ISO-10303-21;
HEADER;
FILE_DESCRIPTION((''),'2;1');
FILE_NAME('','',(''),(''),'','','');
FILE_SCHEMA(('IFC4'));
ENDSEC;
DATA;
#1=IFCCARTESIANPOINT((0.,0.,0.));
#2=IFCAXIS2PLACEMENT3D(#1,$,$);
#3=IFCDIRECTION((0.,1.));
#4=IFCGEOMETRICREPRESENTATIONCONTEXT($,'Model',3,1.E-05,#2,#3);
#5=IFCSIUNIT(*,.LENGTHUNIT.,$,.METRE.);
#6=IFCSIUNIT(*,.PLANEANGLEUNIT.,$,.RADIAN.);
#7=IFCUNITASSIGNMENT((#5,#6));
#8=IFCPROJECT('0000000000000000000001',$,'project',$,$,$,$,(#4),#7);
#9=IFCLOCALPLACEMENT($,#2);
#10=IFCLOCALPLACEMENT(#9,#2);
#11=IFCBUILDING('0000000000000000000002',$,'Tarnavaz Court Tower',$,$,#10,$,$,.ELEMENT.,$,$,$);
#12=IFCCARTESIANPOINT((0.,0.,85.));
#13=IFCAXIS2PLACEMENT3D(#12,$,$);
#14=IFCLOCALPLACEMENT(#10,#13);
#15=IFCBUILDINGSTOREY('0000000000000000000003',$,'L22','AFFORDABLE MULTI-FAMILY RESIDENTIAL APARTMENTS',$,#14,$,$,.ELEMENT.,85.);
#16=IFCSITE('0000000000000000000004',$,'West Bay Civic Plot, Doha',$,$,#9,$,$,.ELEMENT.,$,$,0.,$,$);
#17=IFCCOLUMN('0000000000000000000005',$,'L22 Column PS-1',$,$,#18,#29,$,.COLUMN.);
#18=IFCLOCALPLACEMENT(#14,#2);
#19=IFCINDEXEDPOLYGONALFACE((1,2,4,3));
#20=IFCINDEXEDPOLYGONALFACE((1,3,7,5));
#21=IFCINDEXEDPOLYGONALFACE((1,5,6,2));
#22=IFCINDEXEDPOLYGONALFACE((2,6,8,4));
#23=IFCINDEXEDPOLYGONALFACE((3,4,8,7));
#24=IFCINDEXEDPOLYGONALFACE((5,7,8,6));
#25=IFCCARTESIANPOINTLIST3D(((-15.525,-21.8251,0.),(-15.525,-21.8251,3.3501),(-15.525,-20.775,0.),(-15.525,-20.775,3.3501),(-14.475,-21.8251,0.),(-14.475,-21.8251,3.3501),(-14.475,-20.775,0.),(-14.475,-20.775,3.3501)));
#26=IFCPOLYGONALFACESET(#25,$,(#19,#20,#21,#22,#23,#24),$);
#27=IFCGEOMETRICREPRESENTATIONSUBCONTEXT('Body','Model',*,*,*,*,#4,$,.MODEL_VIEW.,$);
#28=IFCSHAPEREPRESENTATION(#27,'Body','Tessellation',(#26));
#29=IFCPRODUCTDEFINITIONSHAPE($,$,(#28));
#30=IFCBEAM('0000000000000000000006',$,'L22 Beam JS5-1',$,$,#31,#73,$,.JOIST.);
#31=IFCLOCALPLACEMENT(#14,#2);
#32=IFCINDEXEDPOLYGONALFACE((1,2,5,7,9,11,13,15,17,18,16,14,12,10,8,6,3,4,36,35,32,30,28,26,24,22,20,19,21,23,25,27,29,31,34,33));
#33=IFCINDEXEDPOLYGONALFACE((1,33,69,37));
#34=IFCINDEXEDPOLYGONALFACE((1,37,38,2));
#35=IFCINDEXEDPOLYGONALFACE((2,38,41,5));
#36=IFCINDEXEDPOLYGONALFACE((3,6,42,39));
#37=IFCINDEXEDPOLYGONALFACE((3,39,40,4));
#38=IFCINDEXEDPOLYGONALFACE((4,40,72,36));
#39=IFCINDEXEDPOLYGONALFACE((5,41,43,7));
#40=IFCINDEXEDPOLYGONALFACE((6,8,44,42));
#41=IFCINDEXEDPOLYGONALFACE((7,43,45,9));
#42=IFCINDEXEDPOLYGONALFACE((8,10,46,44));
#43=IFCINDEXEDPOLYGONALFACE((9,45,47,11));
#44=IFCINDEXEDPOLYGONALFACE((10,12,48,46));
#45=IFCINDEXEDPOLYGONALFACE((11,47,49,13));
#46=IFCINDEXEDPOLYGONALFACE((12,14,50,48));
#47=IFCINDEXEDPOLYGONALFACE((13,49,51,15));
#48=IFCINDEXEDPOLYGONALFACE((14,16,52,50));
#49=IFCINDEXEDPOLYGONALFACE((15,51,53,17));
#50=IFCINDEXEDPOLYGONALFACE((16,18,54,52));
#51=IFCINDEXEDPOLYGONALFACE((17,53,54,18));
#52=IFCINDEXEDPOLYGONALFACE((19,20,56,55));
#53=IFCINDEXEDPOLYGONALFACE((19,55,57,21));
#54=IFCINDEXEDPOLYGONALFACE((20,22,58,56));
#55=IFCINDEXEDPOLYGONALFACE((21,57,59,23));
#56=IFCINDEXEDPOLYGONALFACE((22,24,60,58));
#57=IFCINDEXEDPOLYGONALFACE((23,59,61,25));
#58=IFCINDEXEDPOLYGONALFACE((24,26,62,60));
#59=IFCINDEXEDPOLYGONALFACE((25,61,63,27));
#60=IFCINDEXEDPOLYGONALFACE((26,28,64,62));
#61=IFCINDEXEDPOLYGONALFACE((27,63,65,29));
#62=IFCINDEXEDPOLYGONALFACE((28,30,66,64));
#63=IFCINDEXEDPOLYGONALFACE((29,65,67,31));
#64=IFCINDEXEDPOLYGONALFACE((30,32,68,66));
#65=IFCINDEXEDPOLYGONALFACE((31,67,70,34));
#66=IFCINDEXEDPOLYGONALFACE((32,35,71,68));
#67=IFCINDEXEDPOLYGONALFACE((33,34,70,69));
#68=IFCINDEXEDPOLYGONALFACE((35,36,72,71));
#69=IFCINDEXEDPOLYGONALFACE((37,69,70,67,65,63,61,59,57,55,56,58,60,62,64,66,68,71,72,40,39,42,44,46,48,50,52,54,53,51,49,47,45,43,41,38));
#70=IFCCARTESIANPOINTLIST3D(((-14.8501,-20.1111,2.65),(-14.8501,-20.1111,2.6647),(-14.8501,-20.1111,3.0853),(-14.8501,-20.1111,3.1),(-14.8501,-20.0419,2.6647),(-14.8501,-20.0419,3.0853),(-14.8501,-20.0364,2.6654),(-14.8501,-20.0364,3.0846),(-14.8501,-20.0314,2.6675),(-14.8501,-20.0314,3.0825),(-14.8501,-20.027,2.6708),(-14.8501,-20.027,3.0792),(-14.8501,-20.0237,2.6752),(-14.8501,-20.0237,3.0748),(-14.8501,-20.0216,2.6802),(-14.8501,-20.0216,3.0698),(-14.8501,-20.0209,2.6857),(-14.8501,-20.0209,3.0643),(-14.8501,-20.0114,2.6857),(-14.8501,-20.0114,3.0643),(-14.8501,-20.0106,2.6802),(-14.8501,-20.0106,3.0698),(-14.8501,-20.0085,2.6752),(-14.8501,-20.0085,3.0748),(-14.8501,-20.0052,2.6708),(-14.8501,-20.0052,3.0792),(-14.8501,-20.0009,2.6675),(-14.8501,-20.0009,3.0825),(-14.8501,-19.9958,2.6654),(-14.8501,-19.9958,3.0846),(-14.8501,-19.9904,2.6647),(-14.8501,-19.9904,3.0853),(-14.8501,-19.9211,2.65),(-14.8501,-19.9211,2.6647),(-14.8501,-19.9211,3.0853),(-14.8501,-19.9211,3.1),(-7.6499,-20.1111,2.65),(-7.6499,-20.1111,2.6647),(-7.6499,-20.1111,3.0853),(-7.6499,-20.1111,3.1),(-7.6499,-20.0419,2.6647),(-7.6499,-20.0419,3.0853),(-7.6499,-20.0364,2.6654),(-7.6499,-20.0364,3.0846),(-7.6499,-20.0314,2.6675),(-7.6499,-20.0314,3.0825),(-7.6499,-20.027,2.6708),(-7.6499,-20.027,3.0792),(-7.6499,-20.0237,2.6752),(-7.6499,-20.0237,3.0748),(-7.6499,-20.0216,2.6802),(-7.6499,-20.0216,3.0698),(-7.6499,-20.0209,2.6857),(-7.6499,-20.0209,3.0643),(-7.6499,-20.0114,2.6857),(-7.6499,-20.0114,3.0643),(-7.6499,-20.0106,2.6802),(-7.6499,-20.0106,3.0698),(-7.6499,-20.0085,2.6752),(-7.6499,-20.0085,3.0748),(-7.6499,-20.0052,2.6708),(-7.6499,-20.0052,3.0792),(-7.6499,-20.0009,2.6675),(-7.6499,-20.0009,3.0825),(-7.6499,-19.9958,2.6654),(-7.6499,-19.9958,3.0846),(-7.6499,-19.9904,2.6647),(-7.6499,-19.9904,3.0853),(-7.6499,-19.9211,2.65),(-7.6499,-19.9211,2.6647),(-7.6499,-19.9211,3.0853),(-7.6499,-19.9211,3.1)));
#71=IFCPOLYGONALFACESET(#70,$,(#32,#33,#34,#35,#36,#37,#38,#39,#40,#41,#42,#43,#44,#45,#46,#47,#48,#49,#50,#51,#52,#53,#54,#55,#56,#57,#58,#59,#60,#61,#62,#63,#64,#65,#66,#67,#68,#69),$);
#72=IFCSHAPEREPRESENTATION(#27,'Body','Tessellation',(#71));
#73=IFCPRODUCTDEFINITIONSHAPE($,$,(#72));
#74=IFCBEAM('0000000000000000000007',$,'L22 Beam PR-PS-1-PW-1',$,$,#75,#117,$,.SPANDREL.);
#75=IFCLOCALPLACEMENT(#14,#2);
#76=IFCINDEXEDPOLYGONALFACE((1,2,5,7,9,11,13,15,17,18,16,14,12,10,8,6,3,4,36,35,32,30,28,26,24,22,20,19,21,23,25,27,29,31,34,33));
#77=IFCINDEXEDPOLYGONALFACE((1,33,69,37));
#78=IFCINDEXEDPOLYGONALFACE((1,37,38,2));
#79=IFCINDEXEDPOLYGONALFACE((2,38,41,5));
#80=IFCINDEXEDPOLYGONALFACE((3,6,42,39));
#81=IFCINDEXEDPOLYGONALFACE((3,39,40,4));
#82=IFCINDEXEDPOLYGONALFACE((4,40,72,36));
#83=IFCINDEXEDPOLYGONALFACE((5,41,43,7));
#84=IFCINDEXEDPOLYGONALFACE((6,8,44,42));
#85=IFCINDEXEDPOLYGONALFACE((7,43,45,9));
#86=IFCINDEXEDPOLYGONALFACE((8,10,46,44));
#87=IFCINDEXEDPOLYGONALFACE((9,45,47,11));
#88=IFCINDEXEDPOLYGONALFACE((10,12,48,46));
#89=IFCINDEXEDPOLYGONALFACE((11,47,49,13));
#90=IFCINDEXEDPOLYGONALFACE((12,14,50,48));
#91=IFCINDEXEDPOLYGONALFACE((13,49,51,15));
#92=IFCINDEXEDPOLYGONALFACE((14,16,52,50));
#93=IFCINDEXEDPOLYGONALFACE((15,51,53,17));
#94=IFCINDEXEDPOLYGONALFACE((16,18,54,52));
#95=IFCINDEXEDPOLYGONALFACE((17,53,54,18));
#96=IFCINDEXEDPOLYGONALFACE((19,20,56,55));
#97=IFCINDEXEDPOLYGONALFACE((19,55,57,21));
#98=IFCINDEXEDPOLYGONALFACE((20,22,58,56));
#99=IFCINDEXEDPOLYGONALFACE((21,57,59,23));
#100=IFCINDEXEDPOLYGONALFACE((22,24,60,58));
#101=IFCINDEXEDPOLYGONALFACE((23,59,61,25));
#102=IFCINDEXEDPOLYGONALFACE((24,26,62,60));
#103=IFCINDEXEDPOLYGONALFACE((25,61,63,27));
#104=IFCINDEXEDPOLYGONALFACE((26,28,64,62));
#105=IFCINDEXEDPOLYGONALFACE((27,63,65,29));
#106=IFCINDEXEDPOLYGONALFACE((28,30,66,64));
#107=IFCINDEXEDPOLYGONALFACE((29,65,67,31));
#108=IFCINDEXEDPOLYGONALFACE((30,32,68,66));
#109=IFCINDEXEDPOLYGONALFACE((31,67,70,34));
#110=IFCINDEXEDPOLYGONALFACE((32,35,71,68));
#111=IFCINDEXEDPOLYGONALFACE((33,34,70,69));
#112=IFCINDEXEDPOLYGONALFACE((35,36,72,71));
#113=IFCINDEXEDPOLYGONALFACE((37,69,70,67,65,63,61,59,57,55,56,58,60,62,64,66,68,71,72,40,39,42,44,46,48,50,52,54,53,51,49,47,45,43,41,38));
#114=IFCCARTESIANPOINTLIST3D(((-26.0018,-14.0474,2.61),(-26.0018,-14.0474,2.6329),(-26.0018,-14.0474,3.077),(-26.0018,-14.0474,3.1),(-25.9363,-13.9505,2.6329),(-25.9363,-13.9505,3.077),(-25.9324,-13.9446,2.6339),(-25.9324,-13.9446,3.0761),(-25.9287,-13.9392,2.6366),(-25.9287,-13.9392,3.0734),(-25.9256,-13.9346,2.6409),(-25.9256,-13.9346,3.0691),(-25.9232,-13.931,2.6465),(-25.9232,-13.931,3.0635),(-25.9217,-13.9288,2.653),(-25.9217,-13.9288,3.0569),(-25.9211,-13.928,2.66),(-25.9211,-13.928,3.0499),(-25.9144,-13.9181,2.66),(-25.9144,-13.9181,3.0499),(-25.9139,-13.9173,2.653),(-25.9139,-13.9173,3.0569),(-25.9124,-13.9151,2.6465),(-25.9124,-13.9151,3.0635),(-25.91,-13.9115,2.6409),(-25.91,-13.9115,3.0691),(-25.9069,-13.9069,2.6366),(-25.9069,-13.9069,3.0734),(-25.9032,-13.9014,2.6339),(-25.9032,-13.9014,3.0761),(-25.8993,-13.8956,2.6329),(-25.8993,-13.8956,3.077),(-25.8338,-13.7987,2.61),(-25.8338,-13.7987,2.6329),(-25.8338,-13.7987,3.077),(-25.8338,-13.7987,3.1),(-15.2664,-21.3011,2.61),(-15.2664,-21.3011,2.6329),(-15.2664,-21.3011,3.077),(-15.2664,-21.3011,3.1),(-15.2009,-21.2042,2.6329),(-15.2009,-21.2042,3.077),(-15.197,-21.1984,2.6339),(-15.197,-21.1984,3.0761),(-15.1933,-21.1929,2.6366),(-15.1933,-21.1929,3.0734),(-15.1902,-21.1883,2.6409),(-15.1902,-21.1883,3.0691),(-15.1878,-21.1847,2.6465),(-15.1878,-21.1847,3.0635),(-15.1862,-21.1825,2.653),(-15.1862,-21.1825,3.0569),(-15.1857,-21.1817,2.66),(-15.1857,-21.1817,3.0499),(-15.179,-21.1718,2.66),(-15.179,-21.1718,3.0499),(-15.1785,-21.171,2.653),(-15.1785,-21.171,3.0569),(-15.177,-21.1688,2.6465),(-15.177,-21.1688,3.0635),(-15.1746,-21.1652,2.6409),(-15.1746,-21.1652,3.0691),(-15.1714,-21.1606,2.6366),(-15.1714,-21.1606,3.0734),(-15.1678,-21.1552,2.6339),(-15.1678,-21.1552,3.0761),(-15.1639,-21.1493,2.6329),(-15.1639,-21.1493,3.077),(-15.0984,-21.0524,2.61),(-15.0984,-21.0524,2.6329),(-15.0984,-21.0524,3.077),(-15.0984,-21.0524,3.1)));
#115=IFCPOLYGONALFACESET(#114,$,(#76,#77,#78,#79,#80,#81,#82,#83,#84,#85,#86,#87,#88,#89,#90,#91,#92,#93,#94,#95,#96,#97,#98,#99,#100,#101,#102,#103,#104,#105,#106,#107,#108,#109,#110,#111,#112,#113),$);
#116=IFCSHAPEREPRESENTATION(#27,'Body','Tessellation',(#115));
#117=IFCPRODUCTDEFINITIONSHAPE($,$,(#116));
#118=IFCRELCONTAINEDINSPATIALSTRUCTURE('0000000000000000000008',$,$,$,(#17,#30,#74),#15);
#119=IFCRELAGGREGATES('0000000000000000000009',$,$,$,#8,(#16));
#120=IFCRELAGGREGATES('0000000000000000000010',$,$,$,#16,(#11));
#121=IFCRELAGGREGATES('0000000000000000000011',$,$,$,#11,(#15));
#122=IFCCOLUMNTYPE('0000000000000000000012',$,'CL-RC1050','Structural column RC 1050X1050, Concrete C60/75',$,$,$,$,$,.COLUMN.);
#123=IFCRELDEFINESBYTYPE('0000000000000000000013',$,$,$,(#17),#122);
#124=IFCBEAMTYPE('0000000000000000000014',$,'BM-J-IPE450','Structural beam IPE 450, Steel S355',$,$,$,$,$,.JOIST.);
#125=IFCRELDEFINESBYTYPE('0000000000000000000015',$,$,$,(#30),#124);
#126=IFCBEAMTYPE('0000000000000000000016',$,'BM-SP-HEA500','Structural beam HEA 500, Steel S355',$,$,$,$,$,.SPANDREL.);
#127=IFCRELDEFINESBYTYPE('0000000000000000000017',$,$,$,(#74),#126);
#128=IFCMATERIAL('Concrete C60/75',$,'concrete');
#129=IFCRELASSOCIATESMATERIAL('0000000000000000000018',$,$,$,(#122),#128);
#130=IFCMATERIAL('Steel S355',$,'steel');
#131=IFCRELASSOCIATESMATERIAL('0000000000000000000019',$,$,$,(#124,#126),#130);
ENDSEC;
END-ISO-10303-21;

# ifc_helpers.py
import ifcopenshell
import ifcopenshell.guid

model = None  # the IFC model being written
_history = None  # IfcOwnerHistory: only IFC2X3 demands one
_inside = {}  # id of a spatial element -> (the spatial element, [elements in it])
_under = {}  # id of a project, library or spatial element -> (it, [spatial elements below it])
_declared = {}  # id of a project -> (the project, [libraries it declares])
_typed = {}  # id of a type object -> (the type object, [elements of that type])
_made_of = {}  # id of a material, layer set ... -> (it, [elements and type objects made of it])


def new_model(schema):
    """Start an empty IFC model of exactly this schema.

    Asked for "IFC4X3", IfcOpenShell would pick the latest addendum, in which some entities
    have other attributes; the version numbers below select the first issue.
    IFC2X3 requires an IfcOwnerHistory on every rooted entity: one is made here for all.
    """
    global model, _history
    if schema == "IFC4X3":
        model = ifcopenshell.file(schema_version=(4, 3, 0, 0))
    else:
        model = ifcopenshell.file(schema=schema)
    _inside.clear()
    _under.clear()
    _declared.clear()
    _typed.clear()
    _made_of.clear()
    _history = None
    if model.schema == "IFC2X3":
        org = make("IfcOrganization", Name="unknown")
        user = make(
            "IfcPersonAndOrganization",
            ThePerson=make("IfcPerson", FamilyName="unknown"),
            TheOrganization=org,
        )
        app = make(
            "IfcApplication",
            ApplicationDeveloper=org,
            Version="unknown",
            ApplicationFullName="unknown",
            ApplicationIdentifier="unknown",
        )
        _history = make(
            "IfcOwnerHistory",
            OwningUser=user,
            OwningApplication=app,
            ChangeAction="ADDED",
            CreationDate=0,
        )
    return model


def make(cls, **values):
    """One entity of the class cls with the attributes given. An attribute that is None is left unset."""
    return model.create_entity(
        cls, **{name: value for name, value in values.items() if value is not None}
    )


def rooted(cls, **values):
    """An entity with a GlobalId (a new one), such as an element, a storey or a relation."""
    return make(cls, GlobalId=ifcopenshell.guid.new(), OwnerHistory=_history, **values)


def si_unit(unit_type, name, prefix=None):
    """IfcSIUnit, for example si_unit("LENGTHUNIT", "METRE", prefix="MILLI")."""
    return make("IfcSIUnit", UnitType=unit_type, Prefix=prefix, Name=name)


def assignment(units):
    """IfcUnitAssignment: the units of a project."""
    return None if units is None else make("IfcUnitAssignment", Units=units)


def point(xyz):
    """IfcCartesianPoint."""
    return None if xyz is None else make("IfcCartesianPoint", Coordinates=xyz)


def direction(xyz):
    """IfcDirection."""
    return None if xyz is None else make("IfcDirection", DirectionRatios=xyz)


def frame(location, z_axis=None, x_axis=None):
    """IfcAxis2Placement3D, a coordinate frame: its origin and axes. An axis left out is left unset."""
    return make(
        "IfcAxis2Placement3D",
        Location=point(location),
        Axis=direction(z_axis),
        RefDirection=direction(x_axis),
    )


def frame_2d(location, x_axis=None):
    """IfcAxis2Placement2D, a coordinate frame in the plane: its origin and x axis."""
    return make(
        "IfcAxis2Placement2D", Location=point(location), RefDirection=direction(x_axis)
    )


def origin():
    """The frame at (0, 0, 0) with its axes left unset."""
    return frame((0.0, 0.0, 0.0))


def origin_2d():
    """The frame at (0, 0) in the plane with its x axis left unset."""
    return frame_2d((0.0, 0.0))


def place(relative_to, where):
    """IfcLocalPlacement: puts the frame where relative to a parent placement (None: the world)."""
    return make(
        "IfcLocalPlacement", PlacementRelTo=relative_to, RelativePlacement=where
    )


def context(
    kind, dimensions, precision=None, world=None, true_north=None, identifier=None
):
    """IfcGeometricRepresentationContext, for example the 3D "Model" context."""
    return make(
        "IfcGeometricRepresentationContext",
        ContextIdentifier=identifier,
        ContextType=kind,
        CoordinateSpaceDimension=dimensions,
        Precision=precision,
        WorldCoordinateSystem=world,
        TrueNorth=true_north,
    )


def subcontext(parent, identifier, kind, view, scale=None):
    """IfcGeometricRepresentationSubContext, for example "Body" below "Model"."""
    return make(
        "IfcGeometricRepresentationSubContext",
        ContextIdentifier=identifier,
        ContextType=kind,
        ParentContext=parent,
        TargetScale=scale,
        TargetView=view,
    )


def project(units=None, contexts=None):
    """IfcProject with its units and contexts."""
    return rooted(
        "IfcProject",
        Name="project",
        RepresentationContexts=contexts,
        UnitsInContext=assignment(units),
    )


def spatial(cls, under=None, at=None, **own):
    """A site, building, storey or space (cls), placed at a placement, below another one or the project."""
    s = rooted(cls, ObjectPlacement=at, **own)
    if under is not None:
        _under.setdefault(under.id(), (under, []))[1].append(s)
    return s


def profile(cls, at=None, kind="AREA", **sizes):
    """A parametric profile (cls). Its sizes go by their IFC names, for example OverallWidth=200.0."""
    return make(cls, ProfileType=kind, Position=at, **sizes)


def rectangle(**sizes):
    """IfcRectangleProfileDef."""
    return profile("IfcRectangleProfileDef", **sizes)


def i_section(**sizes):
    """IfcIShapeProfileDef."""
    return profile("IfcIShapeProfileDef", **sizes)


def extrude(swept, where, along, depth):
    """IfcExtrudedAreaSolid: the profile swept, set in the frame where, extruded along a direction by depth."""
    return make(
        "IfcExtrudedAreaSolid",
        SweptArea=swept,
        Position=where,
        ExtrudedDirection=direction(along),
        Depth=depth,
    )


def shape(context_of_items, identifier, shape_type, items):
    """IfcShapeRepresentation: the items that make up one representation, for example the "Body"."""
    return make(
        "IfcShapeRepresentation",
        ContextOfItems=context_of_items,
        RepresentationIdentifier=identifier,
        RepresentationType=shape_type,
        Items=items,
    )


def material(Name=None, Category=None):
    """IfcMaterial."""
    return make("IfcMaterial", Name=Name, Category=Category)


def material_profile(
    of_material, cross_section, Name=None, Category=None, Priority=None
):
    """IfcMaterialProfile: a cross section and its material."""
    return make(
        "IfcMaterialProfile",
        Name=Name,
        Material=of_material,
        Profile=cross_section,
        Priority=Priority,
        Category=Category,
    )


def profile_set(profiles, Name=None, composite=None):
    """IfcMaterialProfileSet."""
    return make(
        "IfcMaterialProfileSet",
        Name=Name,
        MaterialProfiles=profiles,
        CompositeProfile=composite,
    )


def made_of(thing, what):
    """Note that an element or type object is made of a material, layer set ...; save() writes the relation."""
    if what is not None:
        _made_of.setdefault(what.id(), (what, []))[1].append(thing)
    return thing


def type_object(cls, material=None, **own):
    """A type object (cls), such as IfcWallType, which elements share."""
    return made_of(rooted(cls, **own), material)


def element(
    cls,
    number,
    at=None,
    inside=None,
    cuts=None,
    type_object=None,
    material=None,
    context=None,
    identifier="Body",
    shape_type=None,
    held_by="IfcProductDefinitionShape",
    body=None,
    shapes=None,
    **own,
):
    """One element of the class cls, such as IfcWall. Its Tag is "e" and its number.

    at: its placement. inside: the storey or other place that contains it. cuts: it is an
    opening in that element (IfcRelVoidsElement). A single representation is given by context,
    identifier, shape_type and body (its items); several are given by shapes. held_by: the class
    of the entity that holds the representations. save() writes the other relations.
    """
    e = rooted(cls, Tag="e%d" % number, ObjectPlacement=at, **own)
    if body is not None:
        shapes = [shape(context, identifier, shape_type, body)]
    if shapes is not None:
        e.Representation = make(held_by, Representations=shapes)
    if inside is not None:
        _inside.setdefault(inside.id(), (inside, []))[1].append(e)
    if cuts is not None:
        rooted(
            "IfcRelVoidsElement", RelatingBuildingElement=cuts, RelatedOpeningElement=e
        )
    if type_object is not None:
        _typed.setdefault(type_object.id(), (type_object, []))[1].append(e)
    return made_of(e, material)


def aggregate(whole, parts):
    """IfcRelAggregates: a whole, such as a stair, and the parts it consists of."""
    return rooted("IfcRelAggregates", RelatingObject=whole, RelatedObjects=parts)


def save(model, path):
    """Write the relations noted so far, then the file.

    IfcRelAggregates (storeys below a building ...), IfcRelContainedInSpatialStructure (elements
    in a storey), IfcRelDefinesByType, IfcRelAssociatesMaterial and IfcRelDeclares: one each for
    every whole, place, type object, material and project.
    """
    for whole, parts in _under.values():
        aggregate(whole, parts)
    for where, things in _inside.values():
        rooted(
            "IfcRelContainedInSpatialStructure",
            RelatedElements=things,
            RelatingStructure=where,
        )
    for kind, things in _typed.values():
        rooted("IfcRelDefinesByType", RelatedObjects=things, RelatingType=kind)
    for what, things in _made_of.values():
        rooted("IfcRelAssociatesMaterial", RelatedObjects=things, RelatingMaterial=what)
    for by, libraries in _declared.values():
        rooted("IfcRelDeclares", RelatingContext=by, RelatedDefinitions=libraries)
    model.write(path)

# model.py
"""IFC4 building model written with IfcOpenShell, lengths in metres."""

from ifc_helpers import new_model, si_unit, direction, frame, origin, origin_2d, place, context, subcontext, project, spatial, rectangle, i_section, extrude, material, material_profile, profile_set, type_object, element, save


model = new_model("IFC4")

# Units and contexts
model_context = context("Model", 3, precision=1e-05, world=origin(), true_north=direction((0.0, 1.0)))
body_context = subcontext(model_context, "Body", "Model", "MODEL_VIEW")
ifc_project = project(units=[si_unit("LENGTHUNIT", "METRE"), si_unit("PLANEANGLEUNIT", "RADIAN")], contexts=[model_context])

# Site, building, storey
site_placement = place(None, origin())
site = spatial("IfcSite", under=ifc_project, at=site_placement, Name="West Bay Civic Plot, Doha", CompositionType="ELEMENT", RefElevation=0.0)
building_placement = place(site_placement, origin())
building = spatial("IfcBuilding", under=site, at=building_placement, Name="Tarnavaz Court Tower", CompositionType="ELEMENT")
storey_placement = place(building_placement, frame((0.0, 0.0, 85.0)))
storey = spatial("IfcBuildingStorey", under=building, at=storey_placement, Name="L22", Description="AFFORDABLE MULTI-FAMILY RESIDENTIAL APARTMENTS", CompositionType="ELEMENT", Elevation=85.0)

# Column
ifc_material_1 = material(Name="Concrete C60/75", Category="concrete")
ifc_material_profile_1 = material_profile(ifc_material_1, rectangle(XDim=1.05, YDim=1.05, at=origin_2d()), Name="RC 1050X1050")
ifc_profile_set_1 = profile_set([ifc_material_profile_1], Name="Concrete C60/75")
column_type = type_object("IfcColumnType", Name="CL-RC1050", Description="Structural column RC 1050X1050, Concrete C60/75", PredefinedType="COLUMN", material=ifc_profile_set_1)
column_placement = place(storey_placement, frame((-15.0, -21.3, 0.0), z_axis=(0.0, 0.0, 1.0), x_axis=(1.0, 0.0, 0.0)))
element("IfcColumn", 1, at=column_placement, inside=storey, type_object=column_type, Name="L22 Column PS-1", PredefinedType="COLUMN", context=body_context, shape_type="SweptSolid", body=[
    extrude(rectangle(XDim=1.05, YDim=1.05, at=origin_2d()), origin(), (0.0, 0.0, 1.0), 3.3501),
])

# Beams
ifc_material_2 = material(Name="Steel S355", Category="steel")
ifc_material_profile_2 = material_profile(ifc_material_2, i_section(OverallWidth=0.1899, OverallDepth=0.45, WebThickness=0.0095, FlangeThickness=0.0146, FilletRadius=0.021, at=origin_2d()), Name="IPE 450")
ifc_profile_set_2 = profile_set([ifc_material_profile_2], Name="Steel S355")
beam_type_1 = type_object("IfcBeamType", Name="BM-J-IPE450", Description="Structural beam IPE 450, Steel S355", PredefinedType="JOIST", material=ifc_profile_set_2)
beam_1_placement = place(storey_placement, frame((-14.8501, -20.0161, 2.875), z_axis=(1.0, 0.0, 0.0), x_axis=(0.0, 1.0, 0.0)))
element("IfcBeam", 2, at=beam_1_placement, inside=storey, type_object=beam_type_1, Name="L22 Beam JS5-1", PredefinedType="JOIST", context=body_context, shape_type="SweptSolid", body=[
    extrude(i_section(OverallWidth=0.1899, OverallDepth=0.45, WebThickness=0.0095, FlangeThickness=0.0146, FilletRadius=0.021, at=origin_2d()), origin(), (0.0, 0.0, 1.0), 7.2002),
])
ifc_material_profile_3 = material_profile(ifc_material_2, i_section(OverallWidth=0.3, OverallDepth=0.49, WebThickness=0.012, FlangeThickness=0.0229, FilletRadius=0.0271, at=origin_2d()), Name="HEA 500")
ifc_profile_set_3 = profile_set([ifc_material_profile_3], Name="Steel S355")
beam_type_2 = type_object("IfcBeamType", Name="BM-SP-HEA500", Description="Structural beam HEA 500, Steel S355", PredefinedType="SPANDREL", material=ifc_profile_set_3)
beam_2_placement = place(storey_placement, frame((-15.1824, -21.1768, 2.855), z_axis=(-0.828587, 0.55986, 0.0), x_axis=(-0.55986, -0.828587, 0.0)))
element("IfcBeam", 3, at=beam_2_placement, inside=storey, type_object=beam_type_2, Name="L22 Beam PR-PS-1-PW-1", PredefinedType="SPANDREL", context=body_context, shape_type="SweptSolid", body=[
    extrude(i_section(OverallWidth=0.3, OverallDepth=0.49, WebThickness=0.012, FlangeThickness=0.0229, FilletRadius=0.0271, at=origin_2d()), origin(), (0.0, 0.0, 1.0), 12.9563),
])

save(model, "model.ifc")
